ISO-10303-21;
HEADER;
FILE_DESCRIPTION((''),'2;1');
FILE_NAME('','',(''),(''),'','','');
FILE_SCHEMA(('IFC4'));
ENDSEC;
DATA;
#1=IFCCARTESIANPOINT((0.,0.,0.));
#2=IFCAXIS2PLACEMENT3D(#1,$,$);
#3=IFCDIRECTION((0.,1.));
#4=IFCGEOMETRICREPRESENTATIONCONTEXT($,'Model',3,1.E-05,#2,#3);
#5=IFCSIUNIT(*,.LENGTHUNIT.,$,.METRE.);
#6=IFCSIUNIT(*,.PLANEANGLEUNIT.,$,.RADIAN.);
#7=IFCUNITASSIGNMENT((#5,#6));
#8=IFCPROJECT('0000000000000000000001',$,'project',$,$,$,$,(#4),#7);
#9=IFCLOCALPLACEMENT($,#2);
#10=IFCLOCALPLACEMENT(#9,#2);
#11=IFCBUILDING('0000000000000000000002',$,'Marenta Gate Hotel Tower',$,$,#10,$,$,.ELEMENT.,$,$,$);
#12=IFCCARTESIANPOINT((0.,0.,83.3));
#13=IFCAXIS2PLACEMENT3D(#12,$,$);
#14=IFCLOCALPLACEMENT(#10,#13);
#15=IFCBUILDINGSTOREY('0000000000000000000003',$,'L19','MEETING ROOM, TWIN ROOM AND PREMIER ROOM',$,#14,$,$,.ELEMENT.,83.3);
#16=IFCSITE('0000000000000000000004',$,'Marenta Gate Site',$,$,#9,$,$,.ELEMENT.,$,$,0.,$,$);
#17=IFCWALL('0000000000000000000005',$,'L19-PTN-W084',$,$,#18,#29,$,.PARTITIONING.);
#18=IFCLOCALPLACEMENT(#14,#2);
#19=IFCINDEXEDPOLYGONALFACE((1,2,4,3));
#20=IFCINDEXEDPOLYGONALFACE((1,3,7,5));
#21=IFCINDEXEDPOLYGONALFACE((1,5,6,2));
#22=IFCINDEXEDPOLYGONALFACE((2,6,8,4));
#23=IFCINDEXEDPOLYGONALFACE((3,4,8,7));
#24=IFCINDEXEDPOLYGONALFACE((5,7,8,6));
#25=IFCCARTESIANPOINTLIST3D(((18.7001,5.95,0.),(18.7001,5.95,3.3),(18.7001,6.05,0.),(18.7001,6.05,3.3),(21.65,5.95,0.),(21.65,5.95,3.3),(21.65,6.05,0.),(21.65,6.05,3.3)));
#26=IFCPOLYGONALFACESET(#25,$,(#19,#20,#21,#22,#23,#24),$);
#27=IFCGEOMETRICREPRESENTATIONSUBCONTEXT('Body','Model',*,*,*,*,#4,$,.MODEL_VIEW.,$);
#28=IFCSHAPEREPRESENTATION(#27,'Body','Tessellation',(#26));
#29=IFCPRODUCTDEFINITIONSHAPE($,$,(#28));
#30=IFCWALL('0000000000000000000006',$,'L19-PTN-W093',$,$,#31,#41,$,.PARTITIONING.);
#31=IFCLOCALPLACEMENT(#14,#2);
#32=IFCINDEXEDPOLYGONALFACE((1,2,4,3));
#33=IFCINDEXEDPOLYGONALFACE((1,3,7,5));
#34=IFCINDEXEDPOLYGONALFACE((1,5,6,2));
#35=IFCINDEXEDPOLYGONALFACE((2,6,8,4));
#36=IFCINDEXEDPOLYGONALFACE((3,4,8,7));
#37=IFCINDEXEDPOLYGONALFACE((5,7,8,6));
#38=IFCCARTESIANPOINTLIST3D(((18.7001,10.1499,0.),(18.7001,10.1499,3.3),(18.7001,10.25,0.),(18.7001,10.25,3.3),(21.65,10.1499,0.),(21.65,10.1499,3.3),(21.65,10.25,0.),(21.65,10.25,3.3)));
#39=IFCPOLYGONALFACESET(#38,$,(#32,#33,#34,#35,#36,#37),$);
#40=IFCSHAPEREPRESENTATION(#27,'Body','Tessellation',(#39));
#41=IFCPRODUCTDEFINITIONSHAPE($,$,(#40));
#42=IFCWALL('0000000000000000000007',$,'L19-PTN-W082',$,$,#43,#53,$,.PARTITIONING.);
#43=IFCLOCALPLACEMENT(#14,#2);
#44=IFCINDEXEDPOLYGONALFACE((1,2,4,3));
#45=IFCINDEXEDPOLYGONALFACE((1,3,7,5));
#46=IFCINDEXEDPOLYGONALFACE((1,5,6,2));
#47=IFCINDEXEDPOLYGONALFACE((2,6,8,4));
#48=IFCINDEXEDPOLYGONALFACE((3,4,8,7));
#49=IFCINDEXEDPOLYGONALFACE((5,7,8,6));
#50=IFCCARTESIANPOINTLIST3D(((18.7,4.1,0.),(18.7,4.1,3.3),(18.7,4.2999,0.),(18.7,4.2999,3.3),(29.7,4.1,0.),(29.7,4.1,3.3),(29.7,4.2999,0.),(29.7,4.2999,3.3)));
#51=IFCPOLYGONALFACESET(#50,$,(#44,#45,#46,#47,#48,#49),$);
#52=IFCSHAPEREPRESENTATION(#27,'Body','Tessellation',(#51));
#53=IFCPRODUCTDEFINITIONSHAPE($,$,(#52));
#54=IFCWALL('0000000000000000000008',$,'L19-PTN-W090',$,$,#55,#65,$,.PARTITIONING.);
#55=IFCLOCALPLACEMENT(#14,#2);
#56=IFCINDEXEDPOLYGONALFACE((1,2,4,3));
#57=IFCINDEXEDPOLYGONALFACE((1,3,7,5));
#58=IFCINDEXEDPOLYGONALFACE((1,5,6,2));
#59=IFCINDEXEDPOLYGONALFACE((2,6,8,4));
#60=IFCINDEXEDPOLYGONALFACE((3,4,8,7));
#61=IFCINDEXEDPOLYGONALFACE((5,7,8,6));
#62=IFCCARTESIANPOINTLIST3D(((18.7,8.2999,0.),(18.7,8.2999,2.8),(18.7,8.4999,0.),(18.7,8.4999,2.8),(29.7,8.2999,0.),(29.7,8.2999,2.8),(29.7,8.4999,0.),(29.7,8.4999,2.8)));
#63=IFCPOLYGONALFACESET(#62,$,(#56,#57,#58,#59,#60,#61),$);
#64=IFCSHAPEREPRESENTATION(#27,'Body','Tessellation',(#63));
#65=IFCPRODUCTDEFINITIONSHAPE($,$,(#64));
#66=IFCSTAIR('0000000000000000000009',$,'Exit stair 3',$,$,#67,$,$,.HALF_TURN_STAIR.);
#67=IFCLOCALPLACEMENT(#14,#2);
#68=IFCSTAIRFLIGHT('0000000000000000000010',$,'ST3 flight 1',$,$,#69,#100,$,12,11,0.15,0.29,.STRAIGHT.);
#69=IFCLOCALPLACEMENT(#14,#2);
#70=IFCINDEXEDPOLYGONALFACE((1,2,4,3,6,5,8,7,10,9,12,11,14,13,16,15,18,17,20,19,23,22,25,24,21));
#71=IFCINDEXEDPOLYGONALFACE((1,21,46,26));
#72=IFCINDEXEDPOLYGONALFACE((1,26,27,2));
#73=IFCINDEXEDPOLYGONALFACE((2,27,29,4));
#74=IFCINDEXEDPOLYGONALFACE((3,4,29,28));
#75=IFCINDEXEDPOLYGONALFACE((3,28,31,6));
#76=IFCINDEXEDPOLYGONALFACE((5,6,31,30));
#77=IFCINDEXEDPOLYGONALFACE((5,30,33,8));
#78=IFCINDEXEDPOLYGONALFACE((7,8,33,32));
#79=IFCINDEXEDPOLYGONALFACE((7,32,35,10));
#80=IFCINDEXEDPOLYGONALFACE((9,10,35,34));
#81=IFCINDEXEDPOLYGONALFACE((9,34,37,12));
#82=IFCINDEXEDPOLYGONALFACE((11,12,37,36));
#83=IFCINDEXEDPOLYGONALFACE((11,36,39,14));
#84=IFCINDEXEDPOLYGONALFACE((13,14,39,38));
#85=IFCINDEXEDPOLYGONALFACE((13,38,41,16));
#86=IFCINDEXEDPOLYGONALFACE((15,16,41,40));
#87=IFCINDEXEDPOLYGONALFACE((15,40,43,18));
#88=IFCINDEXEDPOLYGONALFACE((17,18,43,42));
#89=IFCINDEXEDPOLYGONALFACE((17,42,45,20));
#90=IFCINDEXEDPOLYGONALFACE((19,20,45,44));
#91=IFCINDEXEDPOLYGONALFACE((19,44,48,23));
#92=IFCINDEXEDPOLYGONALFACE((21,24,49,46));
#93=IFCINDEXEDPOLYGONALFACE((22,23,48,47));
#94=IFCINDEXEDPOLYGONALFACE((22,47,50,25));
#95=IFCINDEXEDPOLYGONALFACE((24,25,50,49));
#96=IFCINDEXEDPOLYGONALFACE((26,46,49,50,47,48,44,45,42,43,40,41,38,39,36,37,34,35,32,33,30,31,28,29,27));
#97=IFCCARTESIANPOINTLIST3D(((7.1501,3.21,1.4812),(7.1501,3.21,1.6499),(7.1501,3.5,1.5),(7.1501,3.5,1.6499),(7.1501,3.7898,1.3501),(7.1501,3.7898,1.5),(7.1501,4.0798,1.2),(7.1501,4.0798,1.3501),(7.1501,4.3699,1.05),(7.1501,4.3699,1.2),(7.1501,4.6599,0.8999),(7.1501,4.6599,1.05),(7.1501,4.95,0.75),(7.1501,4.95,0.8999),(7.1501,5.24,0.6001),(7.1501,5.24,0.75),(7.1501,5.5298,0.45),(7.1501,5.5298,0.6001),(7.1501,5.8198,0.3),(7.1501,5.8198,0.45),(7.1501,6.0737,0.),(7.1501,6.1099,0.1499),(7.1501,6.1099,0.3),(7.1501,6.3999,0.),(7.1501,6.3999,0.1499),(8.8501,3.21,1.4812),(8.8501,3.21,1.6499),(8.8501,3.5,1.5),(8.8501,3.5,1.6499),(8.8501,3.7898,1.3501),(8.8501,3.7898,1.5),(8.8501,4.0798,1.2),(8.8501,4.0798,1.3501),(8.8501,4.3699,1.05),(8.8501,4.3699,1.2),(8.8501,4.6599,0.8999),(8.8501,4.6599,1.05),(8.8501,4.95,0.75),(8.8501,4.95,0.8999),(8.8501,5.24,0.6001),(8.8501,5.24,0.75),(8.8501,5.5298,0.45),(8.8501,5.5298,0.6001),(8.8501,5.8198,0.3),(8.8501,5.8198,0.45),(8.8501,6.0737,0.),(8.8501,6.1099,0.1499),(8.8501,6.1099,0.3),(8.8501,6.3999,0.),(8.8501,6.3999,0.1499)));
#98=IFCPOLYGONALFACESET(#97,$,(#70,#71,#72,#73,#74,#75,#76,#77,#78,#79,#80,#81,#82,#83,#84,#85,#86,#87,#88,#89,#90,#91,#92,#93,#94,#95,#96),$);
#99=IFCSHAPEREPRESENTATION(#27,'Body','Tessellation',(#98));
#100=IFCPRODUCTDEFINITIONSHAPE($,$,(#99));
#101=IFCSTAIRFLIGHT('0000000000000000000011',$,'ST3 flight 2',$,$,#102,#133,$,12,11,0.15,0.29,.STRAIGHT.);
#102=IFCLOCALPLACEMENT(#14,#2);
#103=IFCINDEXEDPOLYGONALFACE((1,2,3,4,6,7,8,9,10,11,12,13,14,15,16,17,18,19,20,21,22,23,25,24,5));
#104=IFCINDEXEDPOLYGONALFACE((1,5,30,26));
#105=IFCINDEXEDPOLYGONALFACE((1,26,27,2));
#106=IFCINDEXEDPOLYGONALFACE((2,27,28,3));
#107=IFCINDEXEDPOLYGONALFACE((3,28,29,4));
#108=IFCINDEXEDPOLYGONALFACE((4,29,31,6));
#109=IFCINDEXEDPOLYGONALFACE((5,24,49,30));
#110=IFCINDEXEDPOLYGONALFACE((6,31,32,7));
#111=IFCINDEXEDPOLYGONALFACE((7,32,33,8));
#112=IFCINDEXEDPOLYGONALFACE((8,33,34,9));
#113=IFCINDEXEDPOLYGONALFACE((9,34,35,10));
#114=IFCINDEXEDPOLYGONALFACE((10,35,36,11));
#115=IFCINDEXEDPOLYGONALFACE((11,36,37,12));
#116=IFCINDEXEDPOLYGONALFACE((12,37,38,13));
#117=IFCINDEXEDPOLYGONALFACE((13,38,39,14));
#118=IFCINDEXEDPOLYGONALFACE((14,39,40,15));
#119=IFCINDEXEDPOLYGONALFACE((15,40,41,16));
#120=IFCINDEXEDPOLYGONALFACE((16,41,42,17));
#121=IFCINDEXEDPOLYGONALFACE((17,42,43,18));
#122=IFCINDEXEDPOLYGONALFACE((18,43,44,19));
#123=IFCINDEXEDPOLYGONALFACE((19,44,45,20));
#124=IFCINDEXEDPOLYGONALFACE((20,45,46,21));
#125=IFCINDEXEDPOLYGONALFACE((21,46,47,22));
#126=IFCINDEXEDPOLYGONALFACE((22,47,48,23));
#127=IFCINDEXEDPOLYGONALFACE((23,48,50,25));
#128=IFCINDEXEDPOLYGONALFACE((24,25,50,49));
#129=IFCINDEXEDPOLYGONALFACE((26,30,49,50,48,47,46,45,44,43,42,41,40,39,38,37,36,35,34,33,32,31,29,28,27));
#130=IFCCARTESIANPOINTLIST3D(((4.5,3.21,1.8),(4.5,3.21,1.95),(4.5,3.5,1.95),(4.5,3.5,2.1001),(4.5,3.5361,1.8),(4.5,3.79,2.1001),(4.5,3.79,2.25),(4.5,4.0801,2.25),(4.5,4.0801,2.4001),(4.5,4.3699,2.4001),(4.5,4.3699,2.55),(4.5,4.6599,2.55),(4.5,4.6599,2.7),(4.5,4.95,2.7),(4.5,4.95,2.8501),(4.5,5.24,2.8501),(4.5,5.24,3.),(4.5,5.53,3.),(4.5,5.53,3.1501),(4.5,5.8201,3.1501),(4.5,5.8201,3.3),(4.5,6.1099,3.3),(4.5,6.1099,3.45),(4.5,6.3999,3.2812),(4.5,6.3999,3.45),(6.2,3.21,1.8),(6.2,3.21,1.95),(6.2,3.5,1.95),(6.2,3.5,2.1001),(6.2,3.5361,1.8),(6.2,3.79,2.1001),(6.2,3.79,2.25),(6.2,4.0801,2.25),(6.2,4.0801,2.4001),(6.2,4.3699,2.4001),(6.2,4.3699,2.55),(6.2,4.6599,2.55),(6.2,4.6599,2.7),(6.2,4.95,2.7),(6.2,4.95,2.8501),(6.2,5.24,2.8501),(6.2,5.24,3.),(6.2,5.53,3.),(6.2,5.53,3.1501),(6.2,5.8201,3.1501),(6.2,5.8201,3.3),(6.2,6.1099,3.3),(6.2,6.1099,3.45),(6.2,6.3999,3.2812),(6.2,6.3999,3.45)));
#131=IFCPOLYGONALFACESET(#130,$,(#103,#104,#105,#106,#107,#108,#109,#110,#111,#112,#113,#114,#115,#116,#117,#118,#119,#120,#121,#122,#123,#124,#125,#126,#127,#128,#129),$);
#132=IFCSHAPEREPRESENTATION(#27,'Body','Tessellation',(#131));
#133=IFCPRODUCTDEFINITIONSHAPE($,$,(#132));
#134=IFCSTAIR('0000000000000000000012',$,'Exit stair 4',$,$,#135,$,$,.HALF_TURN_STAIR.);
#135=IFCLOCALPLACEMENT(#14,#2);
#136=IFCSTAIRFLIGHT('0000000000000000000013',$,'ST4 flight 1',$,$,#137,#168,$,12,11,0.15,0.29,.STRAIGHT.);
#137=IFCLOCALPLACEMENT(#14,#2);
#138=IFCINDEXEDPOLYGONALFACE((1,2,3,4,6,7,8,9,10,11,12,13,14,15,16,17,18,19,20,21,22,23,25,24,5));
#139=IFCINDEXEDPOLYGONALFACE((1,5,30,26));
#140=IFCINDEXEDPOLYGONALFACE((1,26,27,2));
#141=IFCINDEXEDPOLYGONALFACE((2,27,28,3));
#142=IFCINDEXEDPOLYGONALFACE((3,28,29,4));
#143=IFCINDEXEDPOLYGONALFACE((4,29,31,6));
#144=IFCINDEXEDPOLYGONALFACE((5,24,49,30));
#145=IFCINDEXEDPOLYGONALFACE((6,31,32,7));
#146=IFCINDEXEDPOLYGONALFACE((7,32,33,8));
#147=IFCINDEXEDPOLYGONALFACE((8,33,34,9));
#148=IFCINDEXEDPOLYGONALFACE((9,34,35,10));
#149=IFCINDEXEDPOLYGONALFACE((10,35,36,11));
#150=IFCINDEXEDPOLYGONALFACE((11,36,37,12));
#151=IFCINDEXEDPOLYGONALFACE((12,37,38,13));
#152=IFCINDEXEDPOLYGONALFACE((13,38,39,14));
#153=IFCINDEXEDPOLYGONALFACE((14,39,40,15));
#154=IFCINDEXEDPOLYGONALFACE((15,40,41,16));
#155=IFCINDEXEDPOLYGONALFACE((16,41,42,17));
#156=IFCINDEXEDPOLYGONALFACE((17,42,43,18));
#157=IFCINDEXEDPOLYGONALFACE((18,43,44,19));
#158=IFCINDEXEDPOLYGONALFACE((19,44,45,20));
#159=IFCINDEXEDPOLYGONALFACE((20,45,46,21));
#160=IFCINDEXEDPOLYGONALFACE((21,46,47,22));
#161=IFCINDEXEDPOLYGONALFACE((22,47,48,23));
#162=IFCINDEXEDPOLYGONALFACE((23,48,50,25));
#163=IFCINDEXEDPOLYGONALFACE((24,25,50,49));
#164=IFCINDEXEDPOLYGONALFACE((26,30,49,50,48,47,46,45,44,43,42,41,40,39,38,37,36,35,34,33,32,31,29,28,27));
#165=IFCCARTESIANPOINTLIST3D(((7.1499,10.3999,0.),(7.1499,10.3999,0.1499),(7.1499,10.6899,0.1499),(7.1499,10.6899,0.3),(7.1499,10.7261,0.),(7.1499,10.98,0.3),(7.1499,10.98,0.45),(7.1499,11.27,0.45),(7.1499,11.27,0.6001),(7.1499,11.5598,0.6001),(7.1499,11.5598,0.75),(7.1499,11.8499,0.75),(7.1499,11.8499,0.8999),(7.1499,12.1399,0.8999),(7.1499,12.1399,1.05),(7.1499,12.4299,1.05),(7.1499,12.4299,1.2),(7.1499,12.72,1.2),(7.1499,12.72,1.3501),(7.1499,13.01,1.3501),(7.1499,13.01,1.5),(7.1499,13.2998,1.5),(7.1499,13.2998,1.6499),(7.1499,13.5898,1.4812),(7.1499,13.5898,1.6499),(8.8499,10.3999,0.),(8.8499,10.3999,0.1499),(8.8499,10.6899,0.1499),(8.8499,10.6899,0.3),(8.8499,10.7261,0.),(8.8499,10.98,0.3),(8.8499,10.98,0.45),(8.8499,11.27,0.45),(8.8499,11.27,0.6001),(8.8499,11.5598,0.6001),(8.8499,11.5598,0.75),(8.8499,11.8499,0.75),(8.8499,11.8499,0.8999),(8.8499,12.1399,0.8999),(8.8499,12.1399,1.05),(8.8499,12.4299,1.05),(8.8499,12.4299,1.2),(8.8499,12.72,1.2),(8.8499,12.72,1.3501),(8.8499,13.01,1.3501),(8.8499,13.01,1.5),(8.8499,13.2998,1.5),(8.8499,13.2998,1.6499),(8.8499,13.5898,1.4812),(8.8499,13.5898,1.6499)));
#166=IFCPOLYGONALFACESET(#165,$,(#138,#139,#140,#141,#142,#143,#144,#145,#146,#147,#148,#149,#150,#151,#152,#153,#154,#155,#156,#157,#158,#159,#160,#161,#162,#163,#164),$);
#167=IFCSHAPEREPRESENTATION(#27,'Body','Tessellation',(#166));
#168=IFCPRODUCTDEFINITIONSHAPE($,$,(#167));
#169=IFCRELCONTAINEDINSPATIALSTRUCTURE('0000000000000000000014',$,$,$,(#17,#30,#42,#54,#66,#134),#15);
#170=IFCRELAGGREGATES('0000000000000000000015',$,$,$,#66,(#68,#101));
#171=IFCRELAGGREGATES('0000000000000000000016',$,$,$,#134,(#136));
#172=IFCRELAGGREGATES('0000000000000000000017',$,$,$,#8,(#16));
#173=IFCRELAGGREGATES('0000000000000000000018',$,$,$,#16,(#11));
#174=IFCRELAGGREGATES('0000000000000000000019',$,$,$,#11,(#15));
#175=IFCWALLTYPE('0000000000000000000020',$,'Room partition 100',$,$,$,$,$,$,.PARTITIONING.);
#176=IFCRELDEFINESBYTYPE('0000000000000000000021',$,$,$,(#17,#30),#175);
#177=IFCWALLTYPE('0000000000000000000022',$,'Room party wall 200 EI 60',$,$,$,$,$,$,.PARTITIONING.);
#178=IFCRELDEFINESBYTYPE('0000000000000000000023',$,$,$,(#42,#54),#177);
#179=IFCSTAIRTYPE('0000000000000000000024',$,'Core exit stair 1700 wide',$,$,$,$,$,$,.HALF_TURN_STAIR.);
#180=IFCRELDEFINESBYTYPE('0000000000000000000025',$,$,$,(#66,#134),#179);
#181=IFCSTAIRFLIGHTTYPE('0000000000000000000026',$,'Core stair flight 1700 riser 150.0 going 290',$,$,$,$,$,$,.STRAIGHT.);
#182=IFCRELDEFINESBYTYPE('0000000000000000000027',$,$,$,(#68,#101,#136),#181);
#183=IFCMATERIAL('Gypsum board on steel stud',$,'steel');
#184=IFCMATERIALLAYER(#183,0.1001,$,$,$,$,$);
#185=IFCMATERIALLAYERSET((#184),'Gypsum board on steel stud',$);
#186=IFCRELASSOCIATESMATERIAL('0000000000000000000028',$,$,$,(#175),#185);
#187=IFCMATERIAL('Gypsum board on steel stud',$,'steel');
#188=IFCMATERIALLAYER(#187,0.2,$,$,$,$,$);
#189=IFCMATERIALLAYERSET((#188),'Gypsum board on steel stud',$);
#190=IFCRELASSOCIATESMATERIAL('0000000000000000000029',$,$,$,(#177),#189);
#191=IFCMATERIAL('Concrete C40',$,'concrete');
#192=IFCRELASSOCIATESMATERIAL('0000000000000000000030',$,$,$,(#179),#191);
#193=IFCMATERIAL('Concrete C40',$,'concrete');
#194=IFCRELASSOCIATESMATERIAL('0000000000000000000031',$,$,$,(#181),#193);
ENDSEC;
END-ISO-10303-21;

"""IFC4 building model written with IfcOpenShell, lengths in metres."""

from ifc_helpers import new_model, si_unit, direction, frame, frame_2d, origin, place, context, subcontext, project, spatial, polyline, rectangle, outline, extrude, material, layer, layer_set, type_object, element, aggregate, save


model = new_model("IFC4")

# Units and contexts
model_context = context("Model", 3, precision=1e-05, world=origin(), true_north=direction((0.0, 1.0)))
body_context = subcontext(model_context, "Body", "Model", "MODEL_VIEW")
ifc_project = project(units=[si_unit("LENGTHUNIT", "METRE"), si_unit("PLANEANGLEUNIT", "RADIAN")], contexts=[model_context])

# Site, building, storey
site_placement = place(None, origin())
site = spatial("IfcSite", under=ifc_project, at=site_placement, Name="Marenta Gate Site", CompositionType="ELEMENT", RefElevation=0.0)
building_placement = place(site_placement, origin())
building = spatial("IfcBuilding", under=site, at=building_placement, Name="Marenta Gate Hotel Tower", CompositionType="ELEMENT")
storey_placement = place(building_placement, frame((0.0, 0.0, 83.3)))
storey = spatial("IfcBuildingStorey", under=building, at=storey_placement, Name="L19", Description="MEETING ROOM, TWIN ROOM AND PREMIER ROOM", CompositionType="ELEMENT", Elevation=83.3)

# Walls
ifc_material_1 = material(Name="Gypsum board on steel stud", Category="steel")
ifc_layer_1 = layer(ifc_material_1, 0.1001)
ifc_layer_set_1 = layer_set([ifc_layer_1], Name="Gypsum board on steel stud")
wall_type_1 = type_object("IfcWallType", Name="Room partition 100", PredefinedType="PARTITIONING", material=ifc_layer_set_1)
for number, where, z_axis, x_axis, name in (
    (1, (18.7, 6.0, 0.0), (0.0, 0.0, 1.0), (1.0, 0.0, 0.0), "L19-PTN-W084"),
    (2, (18.7, 10.2, 0.0), (0.0, 0.0, 1.0), (1.0, 0.0, 0.0), "L19-PTN-W093"),
):
    element("IfcWall", number, at=place(storey_placement, frame(where, z_axis=z_axis, x_axis=x_axis)), inside=storey, type_object=wall_type_1, Name=name, PredefinedType="PARTITIONING", context=body_context, shape_type="SweptSolid", body=[
        extrude(rectangle(XDim=2.95, YDim=0.1001, at=frame_2d((1.4751, 0.0))), origin(), (0.0, 0.0, 1.0), 3.3),
    ])
ifc_material_2 = material(Name="Gypsum board on steel stud", Category="steel")
ifc_layer_2 = layer(ifc_material_2, 0.2)
ifc_layer_set_2 = layer_set([ifc_layer_2], Name="Gypsum board on steel stud")
wall_type_2 = type_object("IfcWallType", Name="Room party wall 200 EI 60", PredefinedType="PARTITIONING", material=ifc_layer_set_2)
wall_1_placement = place(storey_placement, frame((18.7, 4.2, 0.0), z_axis=(0.0, 0.0, 1.0), x_axis=(1.0, 0.0, 0.0)))
element("IfcWall", 3, at=wall_1_placement, inside=storey, type_object=wall_type_2, Name="L19-PTN-W082", PredefinedType="PARTITIONING", context=body_context, shape_type="SweptSolid", body=[
    extrude(rectangle(XDim=11.0, YDim=0.2, at=frame_2d((5.5, 0.0))), origin(), (0.0, 0.0, 1.0), 3.3),
])
wall_2_placement = place(storey_placement, frame((18.7, 8.3999, 0.0), z_axis=(0.0, 0.0, 1.0), x_axis=(1.0, 0.0, 0.0)))
element("IfcWall", 4, at=wall_2_placement, inside=storey, type_object=wall_type_2, Name="L19-PTN-W090", PredefinedType="PARTITIONING", context=body_context, shape_type="SweptSolid", body=[
    extrude(rectangle(XDim=11.0, YDim=0.2, at=frame_2d((5.5, 0.0))), origin(), (0.0, 0.0, 1.0), 2.8),
])

# Stair, stair flights
ifc_material_3 = material(Name="Concrete C40", Category="concrete")
stair_type = type_object("IfcStairType", Name="Core exit stair 1700 wide", PredefinedType="HALF_TURN_STAIR", material=ifc_material_3)
stair_1_placement = place(storey_placement, origin())
stair_1 = element("IfcStair", 5, at=stair_1_placement, inside=storey, type_object=stair_type, Name="Exit stair 3", PredefinedType="HALF_TURN_STAIR")
ifc_material_4 = material(Name="Concrete C40", Category="concrete")
stair_flight_type = type_object("IfcStairFlightType", Name="Core stair flight 1700 riser 150.0 going 290", PredefinedType="STRAIGHT", material=ifc_material_4)
stair_flight_1_placement = place(storey_placement, frame((8.0, 6.3999, 0.0), z_axis=(0.0, 0.0, 1.0), x_axis=(0.0, -1.0, 0.0)))
stair_flight_1 = element("IfcStairFlight", 6, at=stair_flight_1_placement, type_object=stair_flight_type, Name="ST3 flight 1", NumberOfRisers=12, NumberOfTreads=11, PredefinedType="STRAIGHT", RiserHeight=0.15, TreadLength=0.29, context=body_context, shape_type="SweptSolid", body=[
    extrude(outline(polyline([(0.0, 0.0), (0.0, 0.1499), (0.29, 0.1499), (0.29, 0.3), (0.5801, 0.3), (0.5801, 0.45), (0.8701, 0.45), (0.8701, 0.6001), (1.1599, 0.6001), (1.1599, 0.75), (1.45, 0.75), (1.45, 0.8999), (1.74, 0.8999), (1.74, 1.05), (2.03, 1.05), (2.03, 1.2), (2.3201, 1.2), (2.3201, 1.3501), (2.6101, 1.3501), (2.6101, 1.5), (2.8999, 1.5), (2.8999, 1.6499), (3.1899, 1.6499), (3.1899, 1.8), (3.1899, 1.4812), (0.3262, 0.0), (0.0, 0.0)])), frame((0.0, 0.8501, 0.0), z_axis=(0.0, -1.0, 0.0), x_axis=(1.0, 0.0, 0.0)), (0.0, 0.0, 1.0), 1.7),
])
stair_flight_2_placement = place(storey_placement, frame((5.3501, 3.21, 1.8), z_axis=(0.0, 0.0, 1.0), x_axis=(0.0, 1.0, 0.0)))
stair_flight_2 = element("IfcStairFlight", 7, at=stair_flight_2_placement, type_object=stair_flight_type, Name="ST3 flight 2", NumberOfRisers=12, NumberOfTreads=11, PredefinedType="STRAIGHT", RiserHeight=0.15, TreadLength=0.29, context=body_context, shape_type="SweptSolid", body=[
    extrude(outline(polyline([(0.0, 0.0), (0.0, 0.1499), (0.29, 0.1499), (0.29, 0.3), (0.5801, 0.3), (0.5801, 0.45), (0.8701, 0.45), (0.8701, 0.6001), (1.1599, 0.6001), (1.1599, 0.75), (1.45, 0.75), (1.45, 0.8999), (1.74, 0.8999), (1.74, 1.05), (2.03, 1.05), (2.03, 1.2), (2.3201, 1.2), (2.3201, 1.3501), (2.6101, 1.3501), (2.6101, 1.5), (2.8999, 1.5), (2.8999, 1.6499), (3.1899, 1.6499), (3.1899, 1.8), (3.1899, 1.4812), (0.3262, 0.0), (0.0, 0.0)])), frame((0.0, 0.8501, 0.0), z_axis=(0.0, -1.0, 0.0), x_axis=(1.0, 0.0, 0.0)), (0.0, 0.0, 1.0), 1.7),
])
aggregate(stair_1, [stair_flight_1, stair_flight_2])

# Stair, stair flight
stair_2_placement = place(storey_placement, origin())
stair_2 = element("IfcStair", 8, at=stair_2_placement, inside=storey, type_object=stair_type, Name="Exit stair 4", PredefinedType="HALF_TURN_STAIR")
stair_flight_3_placement = place(storey_placement, frame((8.0, 10.3999, 0.0), z_axis=(0.0, 0.0, 1.0), x_axis=(0.0, 1.0, 0.0)))
stair_flight_3 = element("IfcStairFlight", 9, at=stair_flight_3_placement, type_object=stair_flight_type, Name="ST4 flight 1", NumberOfRisers=12, NumberOfTreads=11, PredefinedType="STRAIGHT", RiserHeight=0.15, TreadLength=0.29, context=body_context, shape_type="SweptSolid", body=[
    extrude(outline(polyline([(0.0, 0.0), (0.0, 0.1499), (0.29, 0.1499), (0.29, 0.3), (0.5801, 0.3), (0.5801, 0.45), (0.8701, 0.45), (0.8701, 0.6001), (1.1599, 0.6001), (1.1599, 0.75), (1.45, 0.75), (1.45, 0.8999), (1.74, 0.8999), (1.74, 1.05), (2.03, 1.05), (2.03, 1.2), (2.3201, 1.2), (2.3201, 1.3501), (2.6101, 1.3501), (2.6101, 1.5), (2.8999, 1.5), (2.8999, 1.6499), (3.1899, 1.6499), (3.1899, 1.8), (3.1899, 1.4812), (0.3262, 0.0), (0.0, 0.0)])), frame((0.0, 0.8501, 0.0), z_axis=(0.0, -1.0, 0.0), x_axis=(1.0, 0.0, 0.0)), (0.0, 0.0, 1.0), 1.7),
])
aggregate(stair_2, [stair_flight_3])

save(model, "model.ifc")
